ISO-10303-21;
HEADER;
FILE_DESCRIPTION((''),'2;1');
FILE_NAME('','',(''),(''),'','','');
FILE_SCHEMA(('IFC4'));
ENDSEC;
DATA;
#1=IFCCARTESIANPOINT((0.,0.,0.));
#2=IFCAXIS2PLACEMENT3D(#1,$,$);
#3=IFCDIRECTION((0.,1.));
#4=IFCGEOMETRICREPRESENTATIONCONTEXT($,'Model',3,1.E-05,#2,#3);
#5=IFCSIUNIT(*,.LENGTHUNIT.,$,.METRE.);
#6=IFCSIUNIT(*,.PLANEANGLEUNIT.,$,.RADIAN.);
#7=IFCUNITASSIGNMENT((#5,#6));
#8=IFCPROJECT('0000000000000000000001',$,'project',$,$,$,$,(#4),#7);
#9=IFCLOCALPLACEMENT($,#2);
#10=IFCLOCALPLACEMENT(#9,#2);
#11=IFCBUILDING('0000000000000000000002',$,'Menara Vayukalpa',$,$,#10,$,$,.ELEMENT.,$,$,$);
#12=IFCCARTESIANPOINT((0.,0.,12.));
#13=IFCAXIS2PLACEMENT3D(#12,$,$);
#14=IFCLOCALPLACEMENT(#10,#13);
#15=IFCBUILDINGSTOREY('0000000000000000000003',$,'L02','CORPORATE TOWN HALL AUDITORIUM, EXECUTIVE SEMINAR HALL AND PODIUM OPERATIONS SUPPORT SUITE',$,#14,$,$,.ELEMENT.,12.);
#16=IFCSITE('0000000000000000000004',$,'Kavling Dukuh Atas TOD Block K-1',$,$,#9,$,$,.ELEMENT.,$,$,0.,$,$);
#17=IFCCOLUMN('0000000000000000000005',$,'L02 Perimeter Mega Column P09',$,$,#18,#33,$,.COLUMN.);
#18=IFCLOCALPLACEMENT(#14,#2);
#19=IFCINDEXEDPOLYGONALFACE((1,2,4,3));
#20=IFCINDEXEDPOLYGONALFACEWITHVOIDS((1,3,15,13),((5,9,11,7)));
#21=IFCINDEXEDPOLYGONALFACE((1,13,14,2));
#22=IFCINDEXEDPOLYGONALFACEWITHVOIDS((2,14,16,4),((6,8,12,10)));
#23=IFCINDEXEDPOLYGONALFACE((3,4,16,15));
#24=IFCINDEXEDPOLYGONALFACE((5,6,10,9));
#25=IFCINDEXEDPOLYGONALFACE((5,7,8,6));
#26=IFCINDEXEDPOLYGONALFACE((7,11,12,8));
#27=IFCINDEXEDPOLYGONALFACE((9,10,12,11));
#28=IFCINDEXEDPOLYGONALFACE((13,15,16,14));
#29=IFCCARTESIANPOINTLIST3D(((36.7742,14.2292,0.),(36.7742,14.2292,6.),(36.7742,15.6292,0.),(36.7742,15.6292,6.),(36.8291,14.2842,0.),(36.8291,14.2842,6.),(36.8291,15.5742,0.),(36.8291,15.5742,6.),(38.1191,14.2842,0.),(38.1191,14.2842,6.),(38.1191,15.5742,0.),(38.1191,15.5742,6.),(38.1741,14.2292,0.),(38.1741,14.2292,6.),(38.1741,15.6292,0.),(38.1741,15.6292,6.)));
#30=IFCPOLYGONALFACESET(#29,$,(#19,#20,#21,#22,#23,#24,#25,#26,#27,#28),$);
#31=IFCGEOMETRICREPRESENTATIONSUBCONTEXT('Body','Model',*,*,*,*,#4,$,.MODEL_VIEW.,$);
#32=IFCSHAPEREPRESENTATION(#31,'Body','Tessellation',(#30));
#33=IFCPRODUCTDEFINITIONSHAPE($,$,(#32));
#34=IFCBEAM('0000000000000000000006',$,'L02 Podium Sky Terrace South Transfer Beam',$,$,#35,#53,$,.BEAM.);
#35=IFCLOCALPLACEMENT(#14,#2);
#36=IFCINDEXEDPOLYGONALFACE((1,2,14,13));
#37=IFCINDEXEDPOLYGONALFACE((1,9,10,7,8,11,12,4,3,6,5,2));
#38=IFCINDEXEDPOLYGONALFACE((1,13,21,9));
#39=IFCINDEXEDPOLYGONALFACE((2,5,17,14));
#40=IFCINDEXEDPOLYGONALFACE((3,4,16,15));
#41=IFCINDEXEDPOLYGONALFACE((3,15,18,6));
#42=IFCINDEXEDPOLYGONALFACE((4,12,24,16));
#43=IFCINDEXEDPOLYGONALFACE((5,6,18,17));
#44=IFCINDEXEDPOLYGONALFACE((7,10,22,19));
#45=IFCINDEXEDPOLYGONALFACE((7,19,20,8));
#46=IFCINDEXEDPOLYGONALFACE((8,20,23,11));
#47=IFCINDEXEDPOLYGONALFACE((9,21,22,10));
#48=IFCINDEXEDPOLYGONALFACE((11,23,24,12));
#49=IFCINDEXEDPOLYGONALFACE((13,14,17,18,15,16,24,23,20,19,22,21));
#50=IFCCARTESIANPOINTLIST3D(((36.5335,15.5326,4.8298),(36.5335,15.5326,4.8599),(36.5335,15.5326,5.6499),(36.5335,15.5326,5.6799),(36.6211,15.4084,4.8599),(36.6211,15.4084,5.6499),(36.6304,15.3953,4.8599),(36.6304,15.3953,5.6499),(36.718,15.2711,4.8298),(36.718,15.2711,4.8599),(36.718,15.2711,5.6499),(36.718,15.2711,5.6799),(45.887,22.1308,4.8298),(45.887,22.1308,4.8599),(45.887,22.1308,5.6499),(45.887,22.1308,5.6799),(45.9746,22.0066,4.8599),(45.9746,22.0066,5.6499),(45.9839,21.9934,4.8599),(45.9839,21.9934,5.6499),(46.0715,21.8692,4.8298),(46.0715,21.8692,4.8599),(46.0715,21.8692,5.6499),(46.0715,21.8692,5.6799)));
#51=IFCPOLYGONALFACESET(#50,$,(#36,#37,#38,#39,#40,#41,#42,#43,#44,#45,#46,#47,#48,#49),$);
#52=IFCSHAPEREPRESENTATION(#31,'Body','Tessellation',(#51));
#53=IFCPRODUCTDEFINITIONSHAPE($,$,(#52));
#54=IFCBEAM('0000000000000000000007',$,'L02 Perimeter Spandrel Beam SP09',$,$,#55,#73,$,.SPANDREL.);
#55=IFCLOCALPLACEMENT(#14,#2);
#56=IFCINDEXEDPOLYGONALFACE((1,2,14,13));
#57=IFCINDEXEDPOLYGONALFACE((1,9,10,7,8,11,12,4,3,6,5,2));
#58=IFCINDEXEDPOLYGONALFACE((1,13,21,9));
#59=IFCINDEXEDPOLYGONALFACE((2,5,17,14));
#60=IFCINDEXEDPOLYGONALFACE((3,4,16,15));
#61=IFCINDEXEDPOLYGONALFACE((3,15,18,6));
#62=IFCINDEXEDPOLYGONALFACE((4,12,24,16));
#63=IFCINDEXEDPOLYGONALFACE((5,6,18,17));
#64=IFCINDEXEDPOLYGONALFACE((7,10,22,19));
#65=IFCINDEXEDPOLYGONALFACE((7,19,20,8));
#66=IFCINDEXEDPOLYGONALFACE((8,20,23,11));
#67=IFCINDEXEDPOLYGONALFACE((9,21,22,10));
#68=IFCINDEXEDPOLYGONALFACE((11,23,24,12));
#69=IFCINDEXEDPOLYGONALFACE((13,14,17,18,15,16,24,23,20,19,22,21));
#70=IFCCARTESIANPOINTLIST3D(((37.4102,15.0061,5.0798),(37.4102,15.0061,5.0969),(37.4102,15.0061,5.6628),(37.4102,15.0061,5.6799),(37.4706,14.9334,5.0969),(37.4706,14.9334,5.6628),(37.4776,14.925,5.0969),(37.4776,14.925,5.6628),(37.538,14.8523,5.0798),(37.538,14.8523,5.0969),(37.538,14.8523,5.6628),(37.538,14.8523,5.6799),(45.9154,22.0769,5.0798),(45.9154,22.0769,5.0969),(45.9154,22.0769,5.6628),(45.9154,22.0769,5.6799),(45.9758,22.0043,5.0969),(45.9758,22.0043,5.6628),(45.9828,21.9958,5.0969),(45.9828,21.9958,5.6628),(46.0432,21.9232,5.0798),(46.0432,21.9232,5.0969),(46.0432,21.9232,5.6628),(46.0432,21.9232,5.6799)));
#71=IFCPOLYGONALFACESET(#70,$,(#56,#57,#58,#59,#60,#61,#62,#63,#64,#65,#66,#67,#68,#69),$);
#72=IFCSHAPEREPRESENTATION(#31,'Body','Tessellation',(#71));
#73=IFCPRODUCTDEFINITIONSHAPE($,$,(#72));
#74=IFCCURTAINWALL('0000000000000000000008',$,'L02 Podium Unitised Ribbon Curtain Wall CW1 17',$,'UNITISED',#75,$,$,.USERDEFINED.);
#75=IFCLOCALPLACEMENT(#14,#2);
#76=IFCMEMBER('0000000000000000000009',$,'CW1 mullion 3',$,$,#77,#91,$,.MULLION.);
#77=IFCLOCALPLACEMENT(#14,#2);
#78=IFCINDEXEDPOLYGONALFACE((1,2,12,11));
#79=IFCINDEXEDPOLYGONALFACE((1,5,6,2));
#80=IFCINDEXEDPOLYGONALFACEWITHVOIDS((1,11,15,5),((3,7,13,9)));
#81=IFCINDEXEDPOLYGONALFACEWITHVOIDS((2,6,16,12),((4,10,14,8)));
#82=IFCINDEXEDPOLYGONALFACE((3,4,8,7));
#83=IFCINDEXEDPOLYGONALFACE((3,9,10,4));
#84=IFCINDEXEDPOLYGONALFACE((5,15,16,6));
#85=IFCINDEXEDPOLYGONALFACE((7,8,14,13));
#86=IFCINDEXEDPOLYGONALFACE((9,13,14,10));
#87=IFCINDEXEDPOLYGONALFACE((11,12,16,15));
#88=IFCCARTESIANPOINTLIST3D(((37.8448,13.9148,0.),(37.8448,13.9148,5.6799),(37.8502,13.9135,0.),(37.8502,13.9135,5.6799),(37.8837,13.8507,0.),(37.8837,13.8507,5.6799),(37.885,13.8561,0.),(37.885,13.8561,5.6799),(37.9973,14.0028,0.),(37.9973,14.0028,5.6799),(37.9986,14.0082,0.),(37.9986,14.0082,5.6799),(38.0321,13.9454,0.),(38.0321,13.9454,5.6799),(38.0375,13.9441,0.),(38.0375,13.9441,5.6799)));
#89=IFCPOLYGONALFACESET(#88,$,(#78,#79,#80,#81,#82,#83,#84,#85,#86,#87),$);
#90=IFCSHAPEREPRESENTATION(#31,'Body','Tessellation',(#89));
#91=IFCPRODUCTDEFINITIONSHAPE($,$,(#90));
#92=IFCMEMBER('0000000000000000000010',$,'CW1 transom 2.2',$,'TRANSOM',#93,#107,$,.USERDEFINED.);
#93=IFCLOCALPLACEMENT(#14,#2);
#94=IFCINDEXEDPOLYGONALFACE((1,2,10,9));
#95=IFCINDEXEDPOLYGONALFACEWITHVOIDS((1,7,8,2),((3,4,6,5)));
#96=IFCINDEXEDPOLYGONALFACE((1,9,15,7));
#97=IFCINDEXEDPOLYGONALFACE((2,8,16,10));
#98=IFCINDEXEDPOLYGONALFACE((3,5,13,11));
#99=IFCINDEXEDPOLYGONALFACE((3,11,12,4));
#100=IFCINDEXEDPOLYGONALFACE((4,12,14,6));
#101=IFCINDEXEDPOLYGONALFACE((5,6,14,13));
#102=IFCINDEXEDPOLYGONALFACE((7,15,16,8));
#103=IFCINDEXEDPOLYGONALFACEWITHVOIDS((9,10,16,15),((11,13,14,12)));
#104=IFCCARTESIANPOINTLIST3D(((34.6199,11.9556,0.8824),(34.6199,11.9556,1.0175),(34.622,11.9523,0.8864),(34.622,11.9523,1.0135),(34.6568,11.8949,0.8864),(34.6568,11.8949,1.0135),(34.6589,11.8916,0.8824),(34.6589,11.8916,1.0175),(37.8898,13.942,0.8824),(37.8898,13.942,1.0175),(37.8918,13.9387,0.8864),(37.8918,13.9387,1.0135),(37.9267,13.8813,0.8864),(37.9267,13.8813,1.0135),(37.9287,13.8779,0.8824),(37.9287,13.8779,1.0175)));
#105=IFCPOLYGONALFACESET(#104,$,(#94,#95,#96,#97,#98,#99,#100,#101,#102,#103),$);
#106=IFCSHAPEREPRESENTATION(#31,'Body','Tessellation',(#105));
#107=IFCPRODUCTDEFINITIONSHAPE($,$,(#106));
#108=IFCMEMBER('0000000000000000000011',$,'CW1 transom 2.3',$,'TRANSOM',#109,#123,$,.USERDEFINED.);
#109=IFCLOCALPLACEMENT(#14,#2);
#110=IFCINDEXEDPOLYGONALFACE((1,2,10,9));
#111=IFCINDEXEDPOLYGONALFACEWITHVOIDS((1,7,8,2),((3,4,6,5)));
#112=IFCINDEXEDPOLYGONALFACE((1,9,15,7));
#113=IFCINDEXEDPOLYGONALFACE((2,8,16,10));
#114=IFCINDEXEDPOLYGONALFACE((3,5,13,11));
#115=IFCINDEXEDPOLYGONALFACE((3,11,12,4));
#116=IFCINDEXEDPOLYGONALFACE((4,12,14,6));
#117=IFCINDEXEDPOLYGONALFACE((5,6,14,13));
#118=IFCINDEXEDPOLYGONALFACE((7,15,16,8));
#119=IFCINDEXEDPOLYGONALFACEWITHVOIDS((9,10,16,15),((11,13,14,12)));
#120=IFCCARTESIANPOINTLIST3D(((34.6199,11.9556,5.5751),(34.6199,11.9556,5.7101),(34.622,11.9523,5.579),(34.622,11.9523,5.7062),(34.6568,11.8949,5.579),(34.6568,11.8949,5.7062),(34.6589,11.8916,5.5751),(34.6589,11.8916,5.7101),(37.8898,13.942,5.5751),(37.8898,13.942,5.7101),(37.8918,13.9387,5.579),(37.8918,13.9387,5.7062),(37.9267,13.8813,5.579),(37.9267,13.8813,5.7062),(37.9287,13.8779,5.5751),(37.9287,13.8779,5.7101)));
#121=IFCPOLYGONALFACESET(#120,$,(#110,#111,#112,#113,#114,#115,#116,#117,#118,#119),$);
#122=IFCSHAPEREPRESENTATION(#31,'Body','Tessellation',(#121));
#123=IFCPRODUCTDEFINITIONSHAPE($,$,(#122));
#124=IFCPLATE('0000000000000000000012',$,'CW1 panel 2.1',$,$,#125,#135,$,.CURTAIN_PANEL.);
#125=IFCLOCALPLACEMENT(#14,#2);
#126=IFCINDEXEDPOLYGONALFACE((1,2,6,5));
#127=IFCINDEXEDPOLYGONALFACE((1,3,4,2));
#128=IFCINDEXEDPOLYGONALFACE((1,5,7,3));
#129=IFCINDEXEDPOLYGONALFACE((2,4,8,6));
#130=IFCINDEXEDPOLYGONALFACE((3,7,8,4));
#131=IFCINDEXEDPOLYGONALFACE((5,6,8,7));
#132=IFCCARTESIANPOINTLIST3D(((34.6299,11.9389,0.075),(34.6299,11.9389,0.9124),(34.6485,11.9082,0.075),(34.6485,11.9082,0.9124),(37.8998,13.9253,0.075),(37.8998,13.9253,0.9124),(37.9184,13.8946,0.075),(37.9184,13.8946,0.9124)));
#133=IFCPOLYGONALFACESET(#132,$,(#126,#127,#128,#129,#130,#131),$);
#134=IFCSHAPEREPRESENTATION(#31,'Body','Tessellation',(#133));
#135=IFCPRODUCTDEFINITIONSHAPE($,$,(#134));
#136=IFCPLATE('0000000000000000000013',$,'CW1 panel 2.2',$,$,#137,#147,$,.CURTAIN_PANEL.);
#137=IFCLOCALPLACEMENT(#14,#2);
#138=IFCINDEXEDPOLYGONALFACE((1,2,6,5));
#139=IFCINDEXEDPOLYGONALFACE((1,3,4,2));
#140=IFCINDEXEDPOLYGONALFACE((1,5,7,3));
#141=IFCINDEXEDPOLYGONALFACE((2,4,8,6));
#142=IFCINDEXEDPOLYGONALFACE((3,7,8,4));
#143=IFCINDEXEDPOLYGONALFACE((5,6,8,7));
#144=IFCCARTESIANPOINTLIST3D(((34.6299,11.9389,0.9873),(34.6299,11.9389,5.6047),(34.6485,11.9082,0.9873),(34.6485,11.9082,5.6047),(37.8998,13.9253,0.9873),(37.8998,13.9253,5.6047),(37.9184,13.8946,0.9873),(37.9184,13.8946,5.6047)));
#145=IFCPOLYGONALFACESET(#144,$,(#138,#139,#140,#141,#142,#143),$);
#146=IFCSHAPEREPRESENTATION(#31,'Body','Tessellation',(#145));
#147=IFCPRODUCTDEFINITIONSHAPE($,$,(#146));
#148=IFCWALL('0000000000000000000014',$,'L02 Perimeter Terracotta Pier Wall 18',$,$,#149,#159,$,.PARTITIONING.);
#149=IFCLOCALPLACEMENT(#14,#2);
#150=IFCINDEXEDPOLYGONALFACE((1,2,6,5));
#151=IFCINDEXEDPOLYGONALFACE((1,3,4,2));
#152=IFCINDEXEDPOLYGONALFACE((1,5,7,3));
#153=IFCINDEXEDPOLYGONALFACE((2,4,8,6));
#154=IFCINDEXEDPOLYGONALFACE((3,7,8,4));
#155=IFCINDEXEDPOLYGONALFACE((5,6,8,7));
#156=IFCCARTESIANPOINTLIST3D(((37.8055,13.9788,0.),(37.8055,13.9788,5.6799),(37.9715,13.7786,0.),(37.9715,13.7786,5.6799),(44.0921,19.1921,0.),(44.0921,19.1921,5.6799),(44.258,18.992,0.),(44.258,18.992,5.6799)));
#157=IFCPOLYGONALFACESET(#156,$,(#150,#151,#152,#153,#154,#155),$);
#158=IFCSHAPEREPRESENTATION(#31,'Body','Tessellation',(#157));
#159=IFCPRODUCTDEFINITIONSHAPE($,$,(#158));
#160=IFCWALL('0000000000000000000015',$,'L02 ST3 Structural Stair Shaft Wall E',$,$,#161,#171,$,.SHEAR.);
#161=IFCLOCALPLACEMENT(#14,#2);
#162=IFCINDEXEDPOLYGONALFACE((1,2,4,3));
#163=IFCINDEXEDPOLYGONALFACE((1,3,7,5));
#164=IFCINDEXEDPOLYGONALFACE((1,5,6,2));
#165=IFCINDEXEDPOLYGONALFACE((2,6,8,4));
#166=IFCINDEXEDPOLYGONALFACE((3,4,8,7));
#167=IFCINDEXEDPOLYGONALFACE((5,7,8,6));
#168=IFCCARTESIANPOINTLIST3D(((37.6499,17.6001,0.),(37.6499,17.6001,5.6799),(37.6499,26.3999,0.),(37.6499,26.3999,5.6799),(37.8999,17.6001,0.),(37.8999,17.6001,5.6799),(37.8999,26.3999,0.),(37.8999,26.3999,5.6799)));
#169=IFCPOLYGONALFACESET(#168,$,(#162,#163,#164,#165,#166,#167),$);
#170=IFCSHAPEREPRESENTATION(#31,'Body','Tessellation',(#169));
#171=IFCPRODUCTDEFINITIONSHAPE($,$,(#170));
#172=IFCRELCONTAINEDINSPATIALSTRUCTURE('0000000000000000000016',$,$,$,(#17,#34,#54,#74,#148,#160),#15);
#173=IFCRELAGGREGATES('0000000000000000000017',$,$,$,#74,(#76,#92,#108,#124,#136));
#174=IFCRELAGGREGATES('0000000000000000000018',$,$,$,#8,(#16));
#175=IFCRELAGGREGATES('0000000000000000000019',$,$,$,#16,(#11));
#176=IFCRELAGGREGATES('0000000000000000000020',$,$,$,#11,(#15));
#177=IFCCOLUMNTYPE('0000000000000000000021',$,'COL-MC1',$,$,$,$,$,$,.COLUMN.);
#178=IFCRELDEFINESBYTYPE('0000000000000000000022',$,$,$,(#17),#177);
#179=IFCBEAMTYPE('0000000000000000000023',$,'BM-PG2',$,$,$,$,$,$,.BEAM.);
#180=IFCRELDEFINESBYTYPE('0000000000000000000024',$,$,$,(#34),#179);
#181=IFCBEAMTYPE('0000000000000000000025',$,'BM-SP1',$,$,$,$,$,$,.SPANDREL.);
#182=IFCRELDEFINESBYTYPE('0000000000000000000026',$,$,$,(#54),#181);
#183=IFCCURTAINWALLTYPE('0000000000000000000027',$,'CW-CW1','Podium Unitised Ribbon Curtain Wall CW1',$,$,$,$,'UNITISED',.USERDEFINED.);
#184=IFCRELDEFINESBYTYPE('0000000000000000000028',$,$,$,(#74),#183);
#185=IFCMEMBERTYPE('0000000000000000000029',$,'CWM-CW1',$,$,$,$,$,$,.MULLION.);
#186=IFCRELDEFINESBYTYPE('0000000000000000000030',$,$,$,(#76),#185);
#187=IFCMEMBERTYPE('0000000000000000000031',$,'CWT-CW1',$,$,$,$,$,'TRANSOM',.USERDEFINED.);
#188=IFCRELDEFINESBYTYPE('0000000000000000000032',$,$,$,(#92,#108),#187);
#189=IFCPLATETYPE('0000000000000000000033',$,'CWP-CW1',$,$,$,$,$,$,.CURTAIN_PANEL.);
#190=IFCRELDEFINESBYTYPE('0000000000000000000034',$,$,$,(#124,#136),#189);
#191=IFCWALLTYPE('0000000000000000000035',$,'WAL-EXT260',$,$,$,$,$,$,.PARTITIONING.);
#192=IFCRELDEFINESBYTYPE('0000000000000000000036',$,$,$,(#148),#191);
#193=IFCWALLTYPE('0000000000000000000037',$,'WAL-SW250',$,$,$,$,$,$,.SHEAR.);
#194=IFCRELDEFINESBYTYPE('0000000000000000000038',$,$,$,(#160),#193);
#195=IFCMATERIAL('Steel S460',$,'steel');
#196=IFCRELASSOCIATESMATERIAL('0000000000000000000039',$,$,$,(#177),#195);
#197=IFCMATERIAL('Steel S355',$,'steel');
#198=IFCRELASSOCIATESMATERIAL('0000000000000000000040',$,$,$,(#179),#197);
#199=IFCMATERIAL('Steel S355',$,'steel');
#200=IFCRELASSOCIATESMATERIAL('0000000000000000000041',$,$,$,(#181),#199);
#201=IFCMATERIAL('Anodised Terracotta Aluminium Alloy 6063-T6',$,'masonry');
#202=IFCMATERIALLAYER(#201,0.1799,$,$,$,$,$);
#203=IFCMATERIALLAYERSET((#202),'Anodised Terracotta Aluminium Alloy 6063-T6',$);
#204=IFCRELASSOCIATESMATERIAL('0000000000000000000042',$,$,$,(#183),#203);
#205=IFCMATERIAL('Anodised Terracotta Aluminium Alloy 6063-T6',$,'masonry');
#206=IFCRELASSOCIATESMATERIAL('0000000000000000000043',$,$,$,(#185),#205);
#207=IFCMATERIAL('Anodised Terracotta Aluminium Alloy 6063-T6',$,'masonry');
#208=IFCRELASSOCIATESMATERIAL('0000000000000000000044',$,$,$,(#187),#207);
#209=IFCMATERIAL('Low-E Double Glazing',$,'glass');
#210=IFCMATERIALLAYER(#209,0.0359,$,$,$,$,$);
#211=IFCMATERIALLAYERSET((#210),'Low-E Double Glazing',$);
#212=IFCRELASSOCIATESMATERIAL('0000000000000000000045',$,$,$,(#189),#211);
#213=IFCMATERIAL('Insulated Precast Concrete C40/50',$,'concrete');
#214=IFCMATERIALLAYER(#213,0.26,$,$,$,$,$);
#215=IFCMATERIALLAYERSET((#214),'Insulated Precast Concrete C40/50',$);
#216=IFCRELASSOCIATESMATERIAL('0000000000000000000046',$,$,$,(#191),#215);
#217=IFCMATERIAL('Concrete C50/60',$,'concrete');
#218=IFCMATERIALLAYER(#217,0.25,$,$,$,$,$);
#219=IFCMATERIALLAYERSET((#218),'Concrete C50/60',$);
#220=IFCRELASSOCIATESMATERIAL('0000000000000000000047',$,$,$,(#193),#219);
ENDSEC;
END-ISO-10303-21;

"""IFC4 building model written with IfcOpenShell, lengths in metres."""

from ifc_helpers import new_model, si_unit, direction, frame, frame_2d, origin, origin_2d, place, context, subcontext, project, spatial, rectangle, hollow_rectangle, i_section, extrude, material, layer, layer_set, material_profile, profile_set, type_object, element, aggregate, save


model = new_model("IFC4")

# Units and contexts
model_context = context("Model", 3, precision=1e-05, world=origin(), true_north=direction((0.0, 1.0)))
body_context = subcontext(model_context, "Body", "Model", "MODEL_VIEW")
ifc_project = project(units=[si_unit("LENGTHUNIT", "METRE"), si_unit("PLANEANGLEUNIT", "RADIAN")], contexts=[model_context])

# Site, building, storey
site_placement = place(None, origin())
site = spatial("IfcSite", under=ifc_project, at=site_placement, Name="Kavling Dukuh Atas TOD Block K-1", CompositionType="ELEMENT", RefElevation=0.0)
building_placement = place(site_placement, origin())
building = spatial("IfcBuilding", under=site, at=building_placement, Name="Menara Vayukalpa", CompositionType="ELEMENT")
storey_placement = place(building_placement, frame((0.0, 0.0, 12.0)))
storey = spatial("IfcBuildingStorey", under=building, at=storey_placement, Name="L02", Description="CORPORATE TOWN HALL AUDITORIUM, EXECUTIVE SEMINAR HALL AND PODIUM OPERATIONS SUPPORT SUITE", CompositionType="ELEMENT", Elevation=12.0)

# Column
ifc_material_1 = material(Name="Steel S460", Category="steel")
ifc_material_profile_1 = material_profile(ifc_material_1, hollow_rectangle(XDim=1.3999, YDim=1.3999, WallThickness=0.0549, at=origin_2d()), Name="BOX 1400x1400x55")
ifc_profile_set_1 = profile_set([ifc_material_profile_1], Name="Steel S460")
column_type = type_object("IfcColumnType", Name="COL-MC1", PredefinedType="COLUMN", material=ifc_profile_set_1)
column_placement = place(storey_placement, frame((37.4741, 14.9292, 0.0), z_axis=(0.0, 0.0, 1.0), x_axis=(1.0, 0.0, 0.0)))
element("IfcColumn", 1, at=column_placement, inside=storey, type_object=column_type, Name="L02 Perimeter Mega Column P09", PredefinedType="COLUMN", context=body_context, shape_type="SweptSolid", body=[
    extrude(hollow_rectangle(XDim=1.3999, YDim=1.3999, WallThickness=0.0549, at=origin_2d()), origin(), (0.0, 0.0, 1.0), 6.0),
])

# Beams
ifc_material_2 = material(Name="Steel S355", Category="steel")
ifc_material_profile_2 = material_profile(ifc_material_2, i_section(OverallWidth=0.3201, OverallDepth=0.8501, WebThickness=0.0161, FlangeThickness=0.03, at=origin_2d()), Name="WF 850x320x16x30")
ifc_profile_set_2 = profile_set([ifc_material_profile_2], Name="Steel S355")
beam_type_1 = type_object("IfcBeamType", Name="BM-PG2", PredefinedType="BEAM", material=ifc_profile_set_2)
beam_1_placement = place(storey_placement, frame((36.6257, 15.4019, 5.2549), z_axis=(0.817146, 0.57643, 0.0), x_axis=(-0.57643, 0.817146, 0.0)))
element("IfcBeam", 2, at=beam_1_placement, inside=storey, type_object=beam_type_1, Name="L02 Podium Sky Terrace South Transfer Beam", PredefinedType="BEAM", context=body_context, shape_type="SweptSolid", body=[
    extrude(i_section(OverallWidth=0.3201, OverallDepth=0.8501, WebThickness=0.0161, FlangeThickness=0.03, at=origin_2d()), origin(), (0.0, 0.0, 1.0), 11.4465),
])
ifc_material_3 = material(Name="Steel S355", Category="steel")
ifc_material_profile_3 = material_profile(ifc_material_3, i_section(OverallWidth=0.2, OverallDepth=0.6001, WebThickness=0.011, FlangeThickness=0.0171, at=origin_2d()), Name="WF 600x200x11x17")
ifc_profile_set_3 = profile_set([ifc_material_profile_3], Name="Steel S355")
beam_type_2 = type_object("IfcBeamType", Name="BM-SP1", PredefinedType="SPANDREL", material=ifc_profile_set_3)
beam_2_placement = place(storey_placement, frame((37.4741, 14.9292, 5.3799), z_axis=(0.768968, 0.639287, 0.0), x_axis=(-0.639287, 0.768968, 0.0)))
element("IfcBeam", 3, at=beam_2_placement, inside=storey, type_object=beam_type_2, Name="L02 Perimeter Spandrel Beam SP09", PredefinedType="SPANDREL", context=body_context, shape_type="SweptSolid", body=[
    extrude(i_section(OverallWidth=0.2, OverallDepth=0.6001, WebThickness=0.011, FlangeThickness=0.0171, at=origin_2d()), origin(), (0.0, 0.0, 1.0), 11.0605),
])

# Curtain wall, members, plates
ifc_material_4 = material(Name="Anodised Terracotta Aluminium Alloy 6063-T6", Category="masonry")
ifc_layer_1 = layer(ifc_material_4, 0.1799)
ifc_layer_set_1 = layer_set([ifc_layer_1], Name="Anodised Terracotta Aluminium Alloy 6063-T6")
curtain_wall_type = type_object("IfcCurtainWallType", Name="CW-CW1", Description="Podium Unitised Ribbon Curtain Wall CW1", ElementType="UNITISED", PredefinedType="USERDEFINED", material=ifc_layer_set_1)
curtain_wall_placement = place(storey_placement, origin())
curtain_wall = element("IfcCurtainWall", 4, at=curtain_wall_placement, inside=storey, type_object=curtain_wall_type, Name="L02 Podium Unitised Ribbon Curtain Wall CW1 17", ObjectType="UNITISED", PredefinedType="USERDEFINED")
ifc_material_5 = material(Name="Anodised Terracotta Aluminium Alloy 6063-T6", Category="masonry")
ifc_material_profile_4 = material_profile(ifc_material_5, hollow_rectangle(XDim=0.075, YDim=0.1799, WallThickness=0.0039, at=origin_2d()), Name="ALU 75x180x4")
ifc_profile_set_4 = profile_set([ifc_material_profile_4], Name="Anodised Terracotta Aluminium Alloy 6063-T6")
member_type_1 = type_object("IfcMemberType", Name="CWM-CW1", PredefinedType="MULLION", material=ifc_profile_set_4)
member_1_placement = place(storey_placement, frame((37.9412, 13.9294, 0.0), z_axis=(0.0, 0.0, 1.0), x_axis=(-0.51918, 0.854665, 0.0)))
member_1 = element("IfcMember", 5, at=member_1_placement, type_object=member_type_1, Name="CW1 mullion 3", PredefinedType="MULLION", context=body_context, shape_type="SweptSolid", body=[
    extrude(hollow_rectangle(XDim=0.075, YDim=0.1799, WallThickness=0.0039, at=origin_2d()), origin(), (0.0, 0.0, 1.0), 5.6799),
])
ifc_material_6 = material(Name="Anodised Terracotta Aluminium Alloy 6063-T6", Category="masonry")
ifc_material_profile_5 = material_profile(ifc_material_6, hollow_rectangle(XDim=0.075, YDim=0.135, WallThickness=0.0039, at=origin_2d()), Name="ALU 75x135x4")
ifc_profile_set_5 = profile_set([ifc_material_profile_5], Name="Anodised Terracotta Aluminium Alloy 6063-T6")
member_type_2 = type_object("IfcMemberType", Name="CWT-CW1", ElementType="TRANSOM", PredefinedType="USERDEFINED", material=ifc_profile_set_5)
member_2_placement = place(storey_placement, frame((34.6394, 11.9236, 0.95), z_axis=(0.854659, 0.51919, 0.0), x_axis=(-0.51919, 0.854659, 0.0)))
member_2 = element("IfcMember", 6, at=member_2_placement, type_object=member_type_2, Name="CW1 transom 2.2", ObjectType="TRANSOM", PredefinedType="USERDEFINED", context=body_context, shape_type="SweptSolid", body=[
    extrude(hollow_rectangle(XDim=0.075, YDim=0.135, WallThickness=0.0039, at=origin_2d()), origin(), (0.0, 0.0, 1.0), 3.8259),
])
member_3_placement = place(storey_placement, frame((34.6394, 11.9236, 5.6426), z_axis=(0.854659, 0.51919, 0.0), x_axis=(-0.51919, 0.854659, 0.0)))
member_3 = element("IfcMember", 7, at=member_3_placement, type_object=member_type_2, Name="CW1 transom 2.3", ObjectType="TRANSOM", PredefinedType="USERDEFINED", context=body_context, shape_type="SweptSolid", body=[
    extrude(hollow_rectangle(XDim=0.075, YDim=0.135, WallThickness=0.0039, at=origin_2d()), origin(), (0.0, 0.0, 1.0), 3.8259),
])
ifc_material_7 = material(Name="Low-E Double Glazing", Category="glass")
ifc_layer_2 = layer(ifc_material_7, 0.0359)
ifc_layer_set_2 = layer_set([ifc_layer_2], Name="Low-E Double Glazing")
plate_type = type_object("IfcPlateType", Name="CWP-CW1", PredefinedType="CURTAIN_PANEL", material=ifc_layer_set_2)
plate_1_placement = place(storey_placement, frame((36.2742, 12.9167, 0.075), z_axis=(0.0, 0.0, 1.0), x_axis=(0.854665, 0.51918, 0.0)))
plate_1 = element("IfcPlate", 8, at=plate_1_placement, type_object=plate_type, Name="CW1 panel 2.1", PredefinedType="CURTAIN_PANEL", context=body_context, shape_type="SweptSolid", body=[
    extrude(rectangle(XDim=3.8259, YDim=0.0359, at=origin_2d()), origin(), (0.0, 0.0, 1.0), 0.8374),
])
plate_2_placement = place(storey_placement, frame((36.2742, 12.9167, 0.9873), z_axis=(0.0, 0.0, 1.0), x_axis=(0.854665, 0.51918, 0.0)))
plate_2 = element("IfcPlate", 9, at=plate_2_placement, type_object=plate_type, Name="CW1 panel 2.2", PredefinedType="CURTAIN_PANEL", context=body_context, shape_type="SweptSolid", body=[
    extrude(rectangle(XDim=3.8259, YDim=0.0359, at=origin_2d()), origin(), (0.0, 0.0, 1.0), 4.6174),
])
aggregate(curtain_wall, [member_1, member_2, member_3, plate_1, plate_2])

# Walls
ifc_material_8 = material(Name="Insulated Precast Concrete C40/50", Category="concrete")
ifc_layer_3 = layer(ifc_material_8, 0.26)
ifc_layer_set_3 = layer_set([ifc_layer_3], Name="Insulated Precast Concrete C40/50")
wall_type_1 = type_object("IfcWallType", Name="WAL-EXT260", PredefinedType="PARTITIONING", material=ifc_layer_set_3)
wall_1_placement = place(storey_placement, frame((44.175, 19.092, 0.0), z_axis=(0.0, 0.0, 1.0), x_axis=(-0.769753, -0.638342, 0.0)))
element("IfcWall", 10, at=wall_1_placement, inside=storey, type_object=wall_type_1, Name="L02 Perimeter Terracotta Pier Wall 18", PredefinedType="PARTITIONING", context=body_context, shape_type="SweptSolid", body=[
    extrude(rectangle(XDim=8.167, YDim=0.26, at=frame_2d((4.0835, 0.0))), origin(), (0.0, 0.0, 1.0), 5.6799),
])
ifc_material_9 = material(Name="Concrete C50/60", Category="concrete")
ifc_layer_4 = layer(ifc_material_9, 0.25)
ifc_layer_set_4 = layer_set([ifc_layer_4], Name="Concrete C50/60")
wall_type_2 = type_object("IfcWallType", Name="WAL-SW250", PredefinedType="SHEAR", material=ifc_layer_set_4)
wall_2_placement = place(storey_placement, frame((37.7749, 17.6001, 0.0), z_axis=(0.0, 0.0, 1.0), x_axis=(0.0, 1.0, 0.0)))
element("IfcWall", 11, at=wall_2_placement, inside=storey, type_object=wall_type_2, Name="L02 ST3 Structural Stair Shaft Wall E", PredefinedType="SHEAR", context=body_context, shape_type="SweptSolid", body=[
    extrude(rectangle(XDim=8.7998, YDim=0.25, at=frame_2d((4.3999, 0.0))), origin(), (0.0, 0.0, 1.0), 5.6799),
])

save(model, "model.ifc")
